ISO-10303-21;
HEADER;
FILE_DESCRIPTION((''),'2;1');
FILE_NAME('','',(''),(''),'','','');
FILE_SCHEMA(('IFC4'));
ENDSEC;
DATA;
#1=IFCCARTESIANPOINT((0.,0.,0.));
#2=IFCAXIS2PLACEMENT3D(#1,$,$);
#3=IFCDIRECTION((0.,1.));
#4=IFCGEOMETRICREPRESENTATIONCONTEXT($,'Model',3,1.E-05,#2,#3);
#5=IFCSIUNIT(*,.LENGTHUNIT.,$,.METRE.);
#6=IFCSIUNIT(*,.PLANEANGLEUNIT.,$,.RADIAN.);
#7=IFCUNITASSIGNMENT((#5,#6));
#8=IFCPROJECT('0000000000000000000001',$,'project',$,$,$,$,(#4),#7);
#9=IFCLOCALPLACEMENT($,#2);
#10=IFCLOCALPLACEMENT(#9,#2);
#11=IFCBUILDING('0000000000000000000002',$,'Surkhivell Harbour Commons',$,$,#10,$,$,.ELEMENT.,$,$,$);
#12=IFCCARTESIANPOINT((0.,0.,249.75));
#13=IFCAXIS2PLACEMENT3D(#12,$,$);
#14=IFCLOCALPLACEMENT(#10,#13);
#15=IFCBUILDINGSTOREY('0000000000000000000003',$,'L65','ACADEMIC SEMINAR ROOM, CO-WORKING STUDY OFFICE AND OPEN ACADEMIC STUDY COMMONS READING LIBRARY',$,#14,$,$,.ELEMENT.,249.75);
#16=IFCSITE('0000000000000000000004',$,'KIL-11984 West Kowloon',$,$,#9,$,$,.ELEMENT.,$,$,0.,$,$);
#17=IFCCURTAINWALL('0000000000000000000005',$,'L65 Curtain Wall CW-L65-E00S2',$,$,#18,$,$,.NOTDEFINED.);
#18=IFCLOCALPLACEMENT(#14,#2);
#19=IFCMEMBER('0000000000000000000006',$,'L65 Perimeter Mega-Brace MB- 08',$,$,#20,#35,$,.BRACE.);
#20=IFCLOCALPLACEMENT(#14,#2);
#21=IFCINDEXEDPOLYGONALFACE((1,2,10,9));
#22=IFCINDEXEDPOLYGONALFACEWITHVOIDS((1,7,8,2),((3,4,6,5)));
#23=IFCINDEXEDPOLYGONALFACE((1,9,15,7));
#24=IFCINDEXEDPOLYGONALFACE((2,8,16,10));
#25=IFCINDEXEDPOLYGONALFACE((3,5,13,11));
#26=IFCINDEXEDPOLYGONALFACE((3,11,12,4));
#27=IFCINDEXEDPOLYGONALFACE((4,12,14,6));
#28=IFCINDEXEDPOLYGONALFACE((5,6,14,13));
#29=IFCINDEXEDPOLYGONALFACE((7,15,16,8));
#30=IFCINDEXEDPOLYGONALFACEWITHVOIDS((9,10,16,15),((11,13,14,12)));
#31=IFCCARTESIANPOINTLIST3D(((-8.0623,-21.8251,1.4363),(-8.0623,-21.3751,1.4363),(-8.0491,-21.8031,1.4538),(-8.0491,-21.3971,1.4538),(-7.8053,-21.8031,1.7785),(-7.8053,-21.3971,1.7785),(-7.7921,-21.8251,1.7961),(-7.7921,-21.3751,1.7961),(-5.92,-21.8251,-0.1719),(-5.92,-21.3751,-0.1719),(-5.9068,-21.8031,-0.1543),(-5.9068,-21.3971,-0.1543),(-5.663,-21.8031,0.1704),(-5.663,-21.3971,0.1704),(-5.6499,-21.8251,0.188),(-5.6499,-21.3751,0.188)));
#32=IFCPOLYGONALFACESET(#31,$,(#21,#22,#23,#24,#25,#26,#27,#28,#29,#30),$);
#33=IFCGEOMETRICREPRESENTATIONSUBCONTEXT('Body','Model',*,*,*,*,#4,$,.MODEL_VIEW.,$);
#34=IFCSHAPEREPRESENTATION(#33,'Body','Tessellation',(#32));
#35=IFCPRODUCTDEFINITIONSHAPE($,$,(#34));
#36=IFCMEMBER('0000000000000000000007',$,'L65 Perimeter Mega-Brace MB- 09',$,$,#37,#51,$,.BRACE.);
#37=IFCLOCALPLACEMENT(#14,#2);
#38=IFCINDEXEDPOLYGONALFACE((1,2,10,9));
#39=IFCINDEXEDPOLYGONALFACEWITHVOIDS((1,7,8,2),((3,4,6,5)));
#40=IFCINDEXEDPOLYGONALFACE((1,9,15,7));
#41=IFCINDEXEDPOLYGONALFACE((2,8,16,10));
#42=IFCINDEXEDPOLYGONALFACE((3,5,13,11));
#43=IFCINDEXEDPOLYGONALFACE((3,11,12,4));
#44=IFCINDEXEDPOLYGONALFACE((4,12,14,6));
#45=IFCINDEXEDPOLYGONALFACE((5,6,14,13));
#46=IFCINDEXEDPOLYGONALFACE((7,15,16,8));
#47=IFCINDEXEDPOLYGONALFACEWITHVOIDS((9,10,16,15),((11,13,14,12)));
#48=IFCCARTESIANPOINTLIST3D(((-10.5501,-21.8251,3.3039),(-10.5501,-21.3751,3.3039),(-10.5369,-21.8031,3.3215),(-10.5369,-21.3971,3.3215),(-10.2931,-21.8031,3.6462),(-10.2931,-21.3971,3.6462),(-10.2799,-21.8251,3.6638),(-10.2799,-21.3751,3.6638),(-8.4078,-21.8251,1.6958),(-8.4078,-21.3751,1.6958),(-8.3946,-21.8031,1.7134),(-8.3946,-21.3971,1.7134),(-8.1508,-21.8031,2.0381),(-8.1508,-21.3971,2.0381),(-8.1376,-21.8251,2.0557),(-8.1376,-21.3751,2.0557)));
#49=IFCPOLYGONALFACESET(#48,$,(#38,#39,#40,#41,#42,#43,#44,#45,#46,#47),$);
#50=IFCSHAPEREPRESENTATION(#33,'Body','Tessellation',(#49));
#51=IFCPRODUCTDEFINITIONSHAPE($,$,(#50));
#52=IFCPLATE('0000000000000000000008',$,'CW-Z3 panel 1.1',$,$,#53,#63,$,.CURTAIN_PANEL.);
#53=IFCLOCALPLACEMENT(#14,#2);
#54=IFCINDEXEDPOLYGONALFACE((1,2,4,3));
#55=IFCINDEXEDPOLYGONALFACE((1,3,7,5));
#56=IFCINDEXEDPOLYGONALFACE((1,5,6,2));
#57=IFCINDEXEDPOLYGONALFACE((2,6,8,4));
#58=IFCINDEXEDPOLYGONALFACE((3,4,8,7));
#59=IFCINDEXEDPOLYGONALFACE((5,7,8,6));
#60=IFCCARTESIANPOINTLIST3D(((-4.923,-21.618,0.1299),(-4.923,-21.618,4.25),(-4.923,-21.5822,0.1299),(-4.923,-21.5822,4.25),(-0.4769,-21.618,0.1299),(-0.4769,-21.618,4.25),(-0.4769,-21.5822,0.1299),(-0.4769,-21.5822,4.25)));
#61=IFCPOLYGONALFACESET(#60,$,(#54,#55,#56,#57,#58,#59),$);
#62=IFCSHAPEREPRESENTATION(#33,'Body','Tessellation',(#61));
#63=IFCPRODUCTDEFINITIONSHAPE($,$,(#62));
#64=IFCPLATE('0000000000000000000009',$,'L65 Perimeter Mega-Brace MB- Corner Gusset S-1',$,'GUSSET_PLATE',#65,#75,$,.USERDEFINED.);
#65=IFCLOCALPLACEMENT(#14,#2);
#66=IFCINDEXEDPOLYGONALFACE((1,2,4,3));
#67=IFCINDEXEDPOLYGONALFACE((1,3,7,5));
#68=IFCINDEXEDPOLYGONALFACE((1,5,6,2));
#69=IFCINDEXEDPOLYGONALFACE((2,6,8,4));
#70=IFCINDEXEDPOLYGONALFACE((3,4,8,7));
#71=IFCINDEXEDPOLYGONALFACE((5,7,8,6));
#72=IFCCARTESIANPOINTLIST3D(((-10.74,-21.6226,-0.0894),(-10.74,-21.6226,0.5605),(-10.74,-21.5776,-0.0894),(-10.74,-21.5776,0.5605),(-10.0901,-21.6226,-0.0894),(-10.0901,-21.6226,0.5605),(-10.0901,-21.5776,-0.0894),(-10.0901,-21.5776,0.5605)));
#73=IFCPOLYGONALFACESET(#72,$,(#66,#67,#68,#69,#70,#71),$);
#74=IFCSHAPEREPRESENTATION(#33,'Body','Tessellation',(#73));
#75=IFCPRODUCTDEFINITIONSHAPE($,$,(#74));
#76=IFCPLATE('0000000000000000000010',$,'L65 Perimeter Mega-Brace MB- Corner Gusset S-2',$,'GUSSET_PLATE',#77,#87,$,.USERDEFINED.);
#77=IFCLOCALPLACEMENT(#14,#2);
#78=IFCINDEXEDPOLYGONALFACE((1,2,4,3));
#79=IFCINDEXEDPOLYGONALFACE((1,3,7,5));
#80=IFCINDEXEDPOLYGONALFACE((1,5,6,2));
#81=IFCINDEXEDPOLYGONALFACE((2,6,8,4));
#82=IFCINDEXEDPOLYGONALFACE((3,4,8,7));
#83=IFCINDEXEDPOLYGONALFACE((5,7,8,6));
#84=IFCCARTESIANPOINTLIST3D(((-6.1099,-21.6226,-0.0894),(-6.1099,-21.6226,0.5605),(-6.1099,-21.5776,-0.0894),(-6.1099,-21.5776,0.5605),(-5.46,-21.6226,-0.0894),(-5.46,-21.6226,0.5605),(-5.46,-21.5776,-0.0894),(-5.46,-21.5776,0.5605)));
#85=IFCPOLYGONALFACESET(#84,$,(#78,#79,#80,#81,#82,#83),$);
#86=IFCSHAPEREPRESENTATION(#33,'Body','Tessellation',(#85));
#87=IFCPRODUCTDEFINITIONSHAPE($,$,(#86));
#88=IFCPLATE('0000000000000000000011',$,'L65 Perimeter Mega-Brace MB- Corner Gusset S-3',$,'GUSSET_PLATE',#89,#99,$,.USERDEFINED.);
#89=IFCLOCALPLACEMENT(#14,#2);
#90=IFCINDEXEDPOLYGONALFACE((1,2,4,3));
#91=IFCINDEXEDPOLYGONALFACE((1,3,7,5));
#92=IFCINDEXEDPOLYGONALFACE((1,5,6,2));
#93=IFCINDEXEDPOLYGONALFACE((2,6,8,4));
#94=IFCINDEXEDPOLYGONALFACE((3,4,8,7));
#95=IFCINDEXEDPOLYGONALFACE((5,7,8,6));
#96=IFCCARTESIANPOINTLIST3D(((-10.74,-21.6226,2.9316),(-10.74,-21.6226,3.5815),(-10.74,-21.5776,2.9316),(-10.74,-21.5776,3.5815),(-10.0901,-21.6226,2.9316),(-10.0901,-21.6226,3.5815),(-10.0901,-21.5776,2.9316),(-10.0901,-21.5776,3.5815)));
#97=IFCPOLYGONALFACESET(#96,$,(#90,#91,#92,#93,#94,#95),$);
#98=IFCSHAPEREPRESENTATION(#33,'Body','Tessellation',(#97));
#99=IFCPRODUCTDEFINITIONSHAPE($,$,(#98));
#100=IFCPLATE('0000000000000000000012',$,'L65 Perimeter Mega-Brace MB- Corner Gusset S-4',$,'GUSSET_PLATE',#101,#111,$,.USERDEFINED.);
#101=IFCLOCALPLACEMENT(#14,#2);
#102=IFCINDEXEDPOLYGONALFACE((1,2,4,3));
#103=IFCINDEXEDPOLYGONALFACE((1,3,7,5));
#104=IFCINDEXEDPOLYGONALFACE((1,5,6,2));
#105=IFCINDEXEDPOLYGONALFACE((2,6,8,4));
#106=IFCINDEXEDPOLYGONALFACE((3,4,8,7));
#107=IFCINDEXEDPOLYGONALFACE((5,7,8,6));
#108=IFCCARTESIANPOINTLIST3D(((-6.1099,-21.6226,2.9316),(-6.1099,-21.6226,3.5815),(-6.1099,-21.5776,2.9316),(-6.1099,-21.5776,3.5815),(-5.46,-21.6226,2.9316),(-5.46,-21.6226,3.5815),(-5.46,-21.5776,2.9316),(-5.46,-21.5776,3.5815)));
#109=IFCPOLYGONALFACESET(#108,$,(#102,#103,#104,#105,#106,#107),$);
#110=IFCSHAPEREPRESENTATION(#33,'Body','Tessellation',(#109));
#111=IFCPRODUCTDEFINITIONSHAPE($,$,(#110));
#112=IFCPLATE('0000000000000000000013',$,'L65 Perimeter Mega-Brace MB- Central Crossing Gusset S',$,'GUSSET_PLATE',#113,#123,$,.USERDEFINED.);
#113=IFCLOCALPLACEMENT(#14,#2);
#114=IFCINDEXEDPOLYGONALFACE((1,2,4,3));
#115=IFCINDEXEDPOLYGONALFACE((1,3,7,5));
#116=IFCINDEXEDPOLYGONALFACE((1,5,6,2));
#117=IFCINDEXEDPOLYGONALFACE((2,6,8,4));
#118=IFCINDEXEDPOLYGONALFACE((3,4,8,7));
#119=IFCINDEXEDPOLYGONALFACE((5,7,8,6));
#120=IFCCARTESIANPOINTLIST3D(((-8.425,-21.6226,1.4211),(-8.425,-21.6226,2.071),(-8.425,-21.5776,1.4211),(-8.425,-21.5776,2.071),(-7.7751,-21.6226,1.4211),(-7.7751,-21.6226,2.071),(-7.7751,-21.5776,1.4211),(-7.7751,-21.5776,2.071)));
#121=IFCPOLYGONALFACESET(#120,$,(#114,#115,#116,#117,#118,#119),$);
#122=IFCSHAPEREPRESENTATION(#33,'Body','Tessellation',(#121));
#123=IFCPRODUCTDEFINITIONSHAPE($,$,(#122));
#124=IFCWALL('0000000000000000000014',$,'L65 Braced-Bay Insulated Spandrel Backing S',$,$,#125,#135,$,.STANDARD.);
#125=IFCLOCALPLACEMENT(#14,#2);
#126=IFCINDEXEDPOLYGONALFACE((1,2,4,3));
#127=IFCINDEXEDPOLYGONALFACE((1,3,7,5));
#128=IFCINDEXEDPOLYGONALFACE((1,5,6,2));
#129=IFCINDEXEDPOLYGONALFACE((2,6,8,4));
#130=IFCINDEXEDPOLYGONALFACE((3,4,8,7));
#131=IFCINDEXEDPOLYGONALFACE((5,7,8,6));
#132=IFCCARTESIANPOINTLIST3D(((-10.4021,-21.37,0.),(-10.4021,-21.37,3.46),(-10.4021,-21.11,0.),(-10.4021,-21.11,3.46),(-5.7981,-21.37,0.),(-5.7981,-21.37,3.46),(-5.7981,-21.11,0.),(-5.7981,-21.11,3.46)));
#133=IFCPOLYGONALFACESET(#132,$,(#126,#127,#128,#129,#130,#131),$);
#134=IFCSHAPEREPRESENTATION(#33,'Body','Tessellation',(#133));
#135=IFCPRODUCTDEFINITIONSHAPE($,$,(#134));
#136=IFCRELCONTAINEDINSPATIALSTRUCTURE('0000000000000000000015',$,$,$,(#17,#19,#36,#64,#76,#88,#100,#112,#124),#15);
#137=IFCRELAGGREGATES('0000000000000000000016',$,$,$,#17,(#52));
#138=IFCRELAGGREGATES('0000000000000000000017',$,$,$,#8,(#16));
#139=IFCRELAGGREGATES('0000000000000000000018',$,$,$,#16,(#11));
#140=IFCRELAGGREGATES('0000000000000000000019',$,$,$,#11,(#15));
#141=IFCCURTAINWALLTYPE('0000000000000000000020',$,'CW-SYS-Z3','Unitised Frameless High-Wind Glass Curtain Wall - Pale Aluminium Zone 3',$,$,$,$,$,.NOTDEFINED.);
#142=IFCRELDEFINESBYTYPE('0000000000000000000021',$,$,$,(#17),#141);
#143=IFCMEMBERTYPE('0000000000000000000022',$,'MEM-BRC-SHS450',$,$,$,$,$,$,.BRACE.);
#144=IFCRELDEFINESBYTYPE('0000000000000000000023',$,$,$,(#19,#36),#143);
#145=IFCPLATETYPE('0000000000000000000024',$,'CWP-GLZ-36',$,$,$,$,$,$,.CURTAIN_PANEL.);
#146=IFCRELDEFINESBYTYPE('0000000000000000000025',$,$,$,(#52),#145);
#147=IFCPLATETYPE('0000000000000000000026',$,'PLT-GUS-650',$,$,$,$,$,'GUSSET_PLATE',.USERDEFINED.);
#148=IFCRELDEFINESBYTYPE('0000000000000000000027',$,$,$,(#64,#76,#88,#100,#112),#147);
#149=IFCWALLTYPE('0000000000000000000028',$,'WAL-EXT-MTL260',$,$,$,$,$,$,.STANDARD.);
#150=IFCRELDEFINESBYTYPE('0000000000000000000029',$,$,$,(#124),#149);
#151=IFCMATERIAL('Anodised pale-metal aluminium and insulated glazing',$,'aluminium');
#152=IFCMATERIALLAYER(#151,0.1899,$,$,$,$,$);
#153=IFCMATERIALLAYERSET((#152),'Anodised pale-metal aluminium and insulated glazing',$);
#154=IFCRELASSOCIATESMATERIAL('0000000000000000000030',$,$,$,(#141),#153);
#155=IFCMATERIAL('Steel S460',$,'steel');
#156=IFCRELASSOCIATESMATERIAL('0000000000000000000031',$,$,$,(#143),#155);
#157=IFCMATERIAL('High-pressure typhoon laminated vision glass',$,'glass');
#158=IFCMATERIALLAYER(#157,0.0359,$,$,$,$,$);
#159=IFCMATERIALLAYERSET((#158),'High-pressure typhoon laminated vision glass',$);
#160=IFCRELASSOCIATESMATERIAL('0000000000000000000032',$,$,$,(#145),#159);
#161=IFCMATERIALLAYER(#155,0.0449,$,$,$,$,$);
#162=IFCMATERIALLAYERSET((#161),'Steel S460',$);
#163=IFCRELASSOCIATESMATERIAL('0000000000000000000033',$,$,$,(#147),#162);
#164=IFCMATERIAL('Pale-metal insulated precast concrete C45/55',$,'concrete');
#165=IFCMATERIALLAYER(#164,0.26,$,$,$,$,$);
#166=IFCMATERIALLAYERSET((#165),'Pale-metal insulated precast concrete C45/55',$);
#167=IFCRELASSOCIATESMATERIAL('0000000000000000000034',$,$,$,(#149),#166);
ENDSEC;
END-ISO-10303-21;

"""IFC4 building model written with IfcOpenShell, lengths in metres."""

from ifc_helpers import new_model, si_unit, direction, frame, frame_2d, origin, origin_2d, place, context, subcontext, project, spatial, rectangle, hollow_rectangle, extrude, material, layer, layer_set, material_profile, profile_set, type_object, element, aggregate, save


model = new_model("IFC4")

# Units and contexts
model_context = context("Model", 3, precision=1e-05, world=origin(), true_north=direction((0.0, 1.0)))
body_context = subcontext(model_context, "Body", "Model", "MODEL_VIEW")
ifc_project = project(units=[si_unit("LENGTHUNIT", "METRE"), si_unit("PLANEANGLEUNIT", "RADIAN")], contexts=[model_context])

# Site, building, storey
site_placement = place(None, origin())
site = spatial("IfcSite", under=ifc_project, at=site_placement, Name="KIL-11984 West Kowloon", CompositionType="ELEMENT", RefElevation=0.0)
building_placement = place(site_placement, origin())
building = spatial("IfcBuilding", under=site, at=building_placement, Name="Surkhivell Harbour Commons", CompositionType="ELEMENT")
storey_placement = place(building_placement, frame((0.0, 0.0, 249.75)))
storey = spatial("IfcBuildingStorey", under=building, at=storey_placement, Name="L65", Description="ACADEMIC SEMINAR ROOM, CO-WORKING STUDY OFFICE AND OPEN ACADEMIC STUDY COMMONS READING LIBRARY", CompositionType="ELEMENT", Elevation=249.75)

# Shared definitions
ifc_material_1 = material(Name="Anodised pale-metal aluminium and insulated glazing", Category="aluminium")
ifc_layer_1 = layer(ifc_material_1, 0.1899)
ifc_layer_set_1 = layer_set([ifc_layer_1], Name="Anodised pale-metal aluminium and insulated glazing")
curtain_wall_type = type_object("IfcCurtainWallType", Name="CW-SYS-Z3", Description="Unitised Frameless High-Wind Glass Curtain Wall - Pale Aluminium Zone 3", PredefinedType="NOTDEFINED", material=ifc_layer_set_1)

# Curtain wall
curtain_wall_1_placement = place(storey_placement, origin())
curtain_wall_1 = element("IfcCurtainWall", 1, at=curtain_wall_1_placement, inside=storey, type_object=curtain_wall_type, Name="L65 Curtain Wall CW-L65-E00S2", PredefinedType="NOTDEFINED")

# Members
ifc_material_2 = material(Name="Steel S460", Category="steel")
ifc_material_profile_1 = material_profile(ifc_material_2, hollow_rectangle(XDim=0.45, YDim=0.45, WallThickness=0.022, at=origin_2d()), Name="SHS450x450x22")
ifc_profile_set_1 = profile_set([ifc_material_profile_1], Name="Steel S460")
member_type_1 = type_object("IfcMemberType", Name="MEM-BRC-SHS450", PredefinedType="BRACE", material=ifc_profile_set_1)
for number, where, z_axis, x_axis, name in (
    (2, (-5.7849, -21.6001, 0.0081), (-0.799748, 0.0, 0.600335), (0.0, -1.0, 0.0), "L65 Perimeter Mega-Brace MB- 08"),
    (3, (-8.2727, -21.6001, 1.8757), (-0.799748, 0.0, 0.600335), (0.0, -1.0, 0.0), "L65 Perimeter Mega-Brace MB- 09"),
):
    element("IfcMember", number, at=place(storey_placement, frame(where, z_axis=z_axis, x_axis=x_axis)), inside=storey, type_object=member_type_1, Name=name, PredefinedType="BRACE", context=body_context, shape_type="SweptSolid", body=[
        extrude(hollow_rectangle(XDim=0.45, YDim=0.45, WallThickness=0.022, at=origin_2d()), origin(), (0.0, 0.0, 1.0), 2.6787),
    ])

# Plate
ifc_material_3 = material(Name="High-pressure typhoon laminated vision glass", Category="glass")
ifc_layer_2 = layer(ifc_material_3, 0.0359)
ifc_layer_set_2 = layer_set([ifc_layer_2], Name="High-pressure typhoon laminated vision glass")
plate_type_1 = type_object("IfcPlateType", Name="CWP-GLZ-36", PredefinedType="CURTAIN_PANEL", material=ifc_layer_set_2)
plate_placement = place(storey_placement, frame((-4.9231, -21.6001, 0.1299), z_axis=(0.0, 0.0, 1.0), x_axis=(1.0, 0.0, 0.0)))
plate = element("IfcPlate", 4, at=plate_placement, type_object=plate_type_1, Name="CW-Z3 panel 1.1", PredefinedType="CURTAIN_PANEL", context=body_context, shape_type="SweptSolid", body=[
    extrude(rectangle(XDim=4.446, YDim=0.0359, at=frame_2d((2.2231, 0.0))), origin(), (0.0, 0.0, 1.0), 4.1201),
])
aggregate(curtain_wall_1, [plate])

# Plates
ifc_layer_3 = layer(ifc_material_2, 0.0449)
ifc_layer_set_3 = layer_set([ifc_layer_3], Name="Steel S460")
plate_type_2 = type_object("IfcPlateType", Name="PLT-GUS-650", ElementType="GUSSET_PLATE", PredefinedType="USERDEFINED", material=ifc_layer_set_3)
for number, where, z_axis, x_axis, name in (
    (5, (-10.415, -21.6001, -0.0894), (0.0, 0.0, 1.0), (1.0, 0.0, 0.0), "L65 Perimeter Mega-Brace MB- Corner Gusset S-1"),
    (6, (-5.7849, -21.6001, -0.0894), (0.0, 0.0, 1.0), (1.0, 0.0, 0.0), "L65 Perimeter Mega-Brace MB- Corner Gusset S-2"),
    (7, (-10.415, -21.6001, 2.9316), (0.0, 0.0, 1.0), (1.0, 0.0, 0.0), "L65 Perimeter Mega-Brace MB- Corner Gusset S-3"),
    (8, (-5.7849, -21.6001, 2.9316), (0.0, 0.0, 1.0), (1.0, 0.0, 0.0), "L65 Perimeter Mega-Brace MB- Corner Gusset S-4"),
    (9, (-8.1001, -21.6001, 1.4211), (0.0, 0.0, 1.0), (1.0, 0.0, 0.0), "L65 Perimeter Mega-Brace MB- Central Crossing Gusset S"),
):
    element("IfcPlate", number, at=place(storey_placement, frame(where, z_axis=z_axis, x_axis=x_axis)), inside=storey, type_object=plate_type_2, Name=name, ObjectType="GUSSET_PLATE", PredefinedType="USERDEFINED", context=body_context, shape_type="SweptSolid", body=[
        extrude(rectangle(XDim=0.6499, YDim=0.0449, at=origin_2d()), origin(), (0.0, 0.0, 1.0), 0.6499),
    ])

# Wall
ifc_material_4 = material(Name="Pale-metal insulated precast concrete C45/55", Category="concrete")
ifc_layer_4 = layer(ifc_material_4, 0.26)
ifc_layer_set_4 = layer_set([ifc_layer_4], Name="Pale-metal insulated precast concrete C45/55")
wall_type_1 = type_object("IfcWallType", Name="WAL-EXT-MTL260", PredefinedType="STANDARD", material=ifc_layer_set_4)
wall_1_placement = place(storey_placement, frame((-10.4021, -21.24, 0.0), z_axis=(0.0, 0.0, 1.0), x_axis=(1.0, 0.0, 0.0)))
element("IfcWall", 10, at=wall_1_placement, inside=storey, type_object=wall_type_1, Name="L65 Braced-Bay Insulated Spandrel Backing S", PredefinedType="STANDARD", context=body_context, shape_type="SweptSolid", body=[
    extrude(rectangle(XDim=4.604, YDim=0.26, at=frame_2d((2.302, 0.0))), origin(), (0.0, 0.0, 1.0), 3.46),
])

save(model, "model.ifc")
